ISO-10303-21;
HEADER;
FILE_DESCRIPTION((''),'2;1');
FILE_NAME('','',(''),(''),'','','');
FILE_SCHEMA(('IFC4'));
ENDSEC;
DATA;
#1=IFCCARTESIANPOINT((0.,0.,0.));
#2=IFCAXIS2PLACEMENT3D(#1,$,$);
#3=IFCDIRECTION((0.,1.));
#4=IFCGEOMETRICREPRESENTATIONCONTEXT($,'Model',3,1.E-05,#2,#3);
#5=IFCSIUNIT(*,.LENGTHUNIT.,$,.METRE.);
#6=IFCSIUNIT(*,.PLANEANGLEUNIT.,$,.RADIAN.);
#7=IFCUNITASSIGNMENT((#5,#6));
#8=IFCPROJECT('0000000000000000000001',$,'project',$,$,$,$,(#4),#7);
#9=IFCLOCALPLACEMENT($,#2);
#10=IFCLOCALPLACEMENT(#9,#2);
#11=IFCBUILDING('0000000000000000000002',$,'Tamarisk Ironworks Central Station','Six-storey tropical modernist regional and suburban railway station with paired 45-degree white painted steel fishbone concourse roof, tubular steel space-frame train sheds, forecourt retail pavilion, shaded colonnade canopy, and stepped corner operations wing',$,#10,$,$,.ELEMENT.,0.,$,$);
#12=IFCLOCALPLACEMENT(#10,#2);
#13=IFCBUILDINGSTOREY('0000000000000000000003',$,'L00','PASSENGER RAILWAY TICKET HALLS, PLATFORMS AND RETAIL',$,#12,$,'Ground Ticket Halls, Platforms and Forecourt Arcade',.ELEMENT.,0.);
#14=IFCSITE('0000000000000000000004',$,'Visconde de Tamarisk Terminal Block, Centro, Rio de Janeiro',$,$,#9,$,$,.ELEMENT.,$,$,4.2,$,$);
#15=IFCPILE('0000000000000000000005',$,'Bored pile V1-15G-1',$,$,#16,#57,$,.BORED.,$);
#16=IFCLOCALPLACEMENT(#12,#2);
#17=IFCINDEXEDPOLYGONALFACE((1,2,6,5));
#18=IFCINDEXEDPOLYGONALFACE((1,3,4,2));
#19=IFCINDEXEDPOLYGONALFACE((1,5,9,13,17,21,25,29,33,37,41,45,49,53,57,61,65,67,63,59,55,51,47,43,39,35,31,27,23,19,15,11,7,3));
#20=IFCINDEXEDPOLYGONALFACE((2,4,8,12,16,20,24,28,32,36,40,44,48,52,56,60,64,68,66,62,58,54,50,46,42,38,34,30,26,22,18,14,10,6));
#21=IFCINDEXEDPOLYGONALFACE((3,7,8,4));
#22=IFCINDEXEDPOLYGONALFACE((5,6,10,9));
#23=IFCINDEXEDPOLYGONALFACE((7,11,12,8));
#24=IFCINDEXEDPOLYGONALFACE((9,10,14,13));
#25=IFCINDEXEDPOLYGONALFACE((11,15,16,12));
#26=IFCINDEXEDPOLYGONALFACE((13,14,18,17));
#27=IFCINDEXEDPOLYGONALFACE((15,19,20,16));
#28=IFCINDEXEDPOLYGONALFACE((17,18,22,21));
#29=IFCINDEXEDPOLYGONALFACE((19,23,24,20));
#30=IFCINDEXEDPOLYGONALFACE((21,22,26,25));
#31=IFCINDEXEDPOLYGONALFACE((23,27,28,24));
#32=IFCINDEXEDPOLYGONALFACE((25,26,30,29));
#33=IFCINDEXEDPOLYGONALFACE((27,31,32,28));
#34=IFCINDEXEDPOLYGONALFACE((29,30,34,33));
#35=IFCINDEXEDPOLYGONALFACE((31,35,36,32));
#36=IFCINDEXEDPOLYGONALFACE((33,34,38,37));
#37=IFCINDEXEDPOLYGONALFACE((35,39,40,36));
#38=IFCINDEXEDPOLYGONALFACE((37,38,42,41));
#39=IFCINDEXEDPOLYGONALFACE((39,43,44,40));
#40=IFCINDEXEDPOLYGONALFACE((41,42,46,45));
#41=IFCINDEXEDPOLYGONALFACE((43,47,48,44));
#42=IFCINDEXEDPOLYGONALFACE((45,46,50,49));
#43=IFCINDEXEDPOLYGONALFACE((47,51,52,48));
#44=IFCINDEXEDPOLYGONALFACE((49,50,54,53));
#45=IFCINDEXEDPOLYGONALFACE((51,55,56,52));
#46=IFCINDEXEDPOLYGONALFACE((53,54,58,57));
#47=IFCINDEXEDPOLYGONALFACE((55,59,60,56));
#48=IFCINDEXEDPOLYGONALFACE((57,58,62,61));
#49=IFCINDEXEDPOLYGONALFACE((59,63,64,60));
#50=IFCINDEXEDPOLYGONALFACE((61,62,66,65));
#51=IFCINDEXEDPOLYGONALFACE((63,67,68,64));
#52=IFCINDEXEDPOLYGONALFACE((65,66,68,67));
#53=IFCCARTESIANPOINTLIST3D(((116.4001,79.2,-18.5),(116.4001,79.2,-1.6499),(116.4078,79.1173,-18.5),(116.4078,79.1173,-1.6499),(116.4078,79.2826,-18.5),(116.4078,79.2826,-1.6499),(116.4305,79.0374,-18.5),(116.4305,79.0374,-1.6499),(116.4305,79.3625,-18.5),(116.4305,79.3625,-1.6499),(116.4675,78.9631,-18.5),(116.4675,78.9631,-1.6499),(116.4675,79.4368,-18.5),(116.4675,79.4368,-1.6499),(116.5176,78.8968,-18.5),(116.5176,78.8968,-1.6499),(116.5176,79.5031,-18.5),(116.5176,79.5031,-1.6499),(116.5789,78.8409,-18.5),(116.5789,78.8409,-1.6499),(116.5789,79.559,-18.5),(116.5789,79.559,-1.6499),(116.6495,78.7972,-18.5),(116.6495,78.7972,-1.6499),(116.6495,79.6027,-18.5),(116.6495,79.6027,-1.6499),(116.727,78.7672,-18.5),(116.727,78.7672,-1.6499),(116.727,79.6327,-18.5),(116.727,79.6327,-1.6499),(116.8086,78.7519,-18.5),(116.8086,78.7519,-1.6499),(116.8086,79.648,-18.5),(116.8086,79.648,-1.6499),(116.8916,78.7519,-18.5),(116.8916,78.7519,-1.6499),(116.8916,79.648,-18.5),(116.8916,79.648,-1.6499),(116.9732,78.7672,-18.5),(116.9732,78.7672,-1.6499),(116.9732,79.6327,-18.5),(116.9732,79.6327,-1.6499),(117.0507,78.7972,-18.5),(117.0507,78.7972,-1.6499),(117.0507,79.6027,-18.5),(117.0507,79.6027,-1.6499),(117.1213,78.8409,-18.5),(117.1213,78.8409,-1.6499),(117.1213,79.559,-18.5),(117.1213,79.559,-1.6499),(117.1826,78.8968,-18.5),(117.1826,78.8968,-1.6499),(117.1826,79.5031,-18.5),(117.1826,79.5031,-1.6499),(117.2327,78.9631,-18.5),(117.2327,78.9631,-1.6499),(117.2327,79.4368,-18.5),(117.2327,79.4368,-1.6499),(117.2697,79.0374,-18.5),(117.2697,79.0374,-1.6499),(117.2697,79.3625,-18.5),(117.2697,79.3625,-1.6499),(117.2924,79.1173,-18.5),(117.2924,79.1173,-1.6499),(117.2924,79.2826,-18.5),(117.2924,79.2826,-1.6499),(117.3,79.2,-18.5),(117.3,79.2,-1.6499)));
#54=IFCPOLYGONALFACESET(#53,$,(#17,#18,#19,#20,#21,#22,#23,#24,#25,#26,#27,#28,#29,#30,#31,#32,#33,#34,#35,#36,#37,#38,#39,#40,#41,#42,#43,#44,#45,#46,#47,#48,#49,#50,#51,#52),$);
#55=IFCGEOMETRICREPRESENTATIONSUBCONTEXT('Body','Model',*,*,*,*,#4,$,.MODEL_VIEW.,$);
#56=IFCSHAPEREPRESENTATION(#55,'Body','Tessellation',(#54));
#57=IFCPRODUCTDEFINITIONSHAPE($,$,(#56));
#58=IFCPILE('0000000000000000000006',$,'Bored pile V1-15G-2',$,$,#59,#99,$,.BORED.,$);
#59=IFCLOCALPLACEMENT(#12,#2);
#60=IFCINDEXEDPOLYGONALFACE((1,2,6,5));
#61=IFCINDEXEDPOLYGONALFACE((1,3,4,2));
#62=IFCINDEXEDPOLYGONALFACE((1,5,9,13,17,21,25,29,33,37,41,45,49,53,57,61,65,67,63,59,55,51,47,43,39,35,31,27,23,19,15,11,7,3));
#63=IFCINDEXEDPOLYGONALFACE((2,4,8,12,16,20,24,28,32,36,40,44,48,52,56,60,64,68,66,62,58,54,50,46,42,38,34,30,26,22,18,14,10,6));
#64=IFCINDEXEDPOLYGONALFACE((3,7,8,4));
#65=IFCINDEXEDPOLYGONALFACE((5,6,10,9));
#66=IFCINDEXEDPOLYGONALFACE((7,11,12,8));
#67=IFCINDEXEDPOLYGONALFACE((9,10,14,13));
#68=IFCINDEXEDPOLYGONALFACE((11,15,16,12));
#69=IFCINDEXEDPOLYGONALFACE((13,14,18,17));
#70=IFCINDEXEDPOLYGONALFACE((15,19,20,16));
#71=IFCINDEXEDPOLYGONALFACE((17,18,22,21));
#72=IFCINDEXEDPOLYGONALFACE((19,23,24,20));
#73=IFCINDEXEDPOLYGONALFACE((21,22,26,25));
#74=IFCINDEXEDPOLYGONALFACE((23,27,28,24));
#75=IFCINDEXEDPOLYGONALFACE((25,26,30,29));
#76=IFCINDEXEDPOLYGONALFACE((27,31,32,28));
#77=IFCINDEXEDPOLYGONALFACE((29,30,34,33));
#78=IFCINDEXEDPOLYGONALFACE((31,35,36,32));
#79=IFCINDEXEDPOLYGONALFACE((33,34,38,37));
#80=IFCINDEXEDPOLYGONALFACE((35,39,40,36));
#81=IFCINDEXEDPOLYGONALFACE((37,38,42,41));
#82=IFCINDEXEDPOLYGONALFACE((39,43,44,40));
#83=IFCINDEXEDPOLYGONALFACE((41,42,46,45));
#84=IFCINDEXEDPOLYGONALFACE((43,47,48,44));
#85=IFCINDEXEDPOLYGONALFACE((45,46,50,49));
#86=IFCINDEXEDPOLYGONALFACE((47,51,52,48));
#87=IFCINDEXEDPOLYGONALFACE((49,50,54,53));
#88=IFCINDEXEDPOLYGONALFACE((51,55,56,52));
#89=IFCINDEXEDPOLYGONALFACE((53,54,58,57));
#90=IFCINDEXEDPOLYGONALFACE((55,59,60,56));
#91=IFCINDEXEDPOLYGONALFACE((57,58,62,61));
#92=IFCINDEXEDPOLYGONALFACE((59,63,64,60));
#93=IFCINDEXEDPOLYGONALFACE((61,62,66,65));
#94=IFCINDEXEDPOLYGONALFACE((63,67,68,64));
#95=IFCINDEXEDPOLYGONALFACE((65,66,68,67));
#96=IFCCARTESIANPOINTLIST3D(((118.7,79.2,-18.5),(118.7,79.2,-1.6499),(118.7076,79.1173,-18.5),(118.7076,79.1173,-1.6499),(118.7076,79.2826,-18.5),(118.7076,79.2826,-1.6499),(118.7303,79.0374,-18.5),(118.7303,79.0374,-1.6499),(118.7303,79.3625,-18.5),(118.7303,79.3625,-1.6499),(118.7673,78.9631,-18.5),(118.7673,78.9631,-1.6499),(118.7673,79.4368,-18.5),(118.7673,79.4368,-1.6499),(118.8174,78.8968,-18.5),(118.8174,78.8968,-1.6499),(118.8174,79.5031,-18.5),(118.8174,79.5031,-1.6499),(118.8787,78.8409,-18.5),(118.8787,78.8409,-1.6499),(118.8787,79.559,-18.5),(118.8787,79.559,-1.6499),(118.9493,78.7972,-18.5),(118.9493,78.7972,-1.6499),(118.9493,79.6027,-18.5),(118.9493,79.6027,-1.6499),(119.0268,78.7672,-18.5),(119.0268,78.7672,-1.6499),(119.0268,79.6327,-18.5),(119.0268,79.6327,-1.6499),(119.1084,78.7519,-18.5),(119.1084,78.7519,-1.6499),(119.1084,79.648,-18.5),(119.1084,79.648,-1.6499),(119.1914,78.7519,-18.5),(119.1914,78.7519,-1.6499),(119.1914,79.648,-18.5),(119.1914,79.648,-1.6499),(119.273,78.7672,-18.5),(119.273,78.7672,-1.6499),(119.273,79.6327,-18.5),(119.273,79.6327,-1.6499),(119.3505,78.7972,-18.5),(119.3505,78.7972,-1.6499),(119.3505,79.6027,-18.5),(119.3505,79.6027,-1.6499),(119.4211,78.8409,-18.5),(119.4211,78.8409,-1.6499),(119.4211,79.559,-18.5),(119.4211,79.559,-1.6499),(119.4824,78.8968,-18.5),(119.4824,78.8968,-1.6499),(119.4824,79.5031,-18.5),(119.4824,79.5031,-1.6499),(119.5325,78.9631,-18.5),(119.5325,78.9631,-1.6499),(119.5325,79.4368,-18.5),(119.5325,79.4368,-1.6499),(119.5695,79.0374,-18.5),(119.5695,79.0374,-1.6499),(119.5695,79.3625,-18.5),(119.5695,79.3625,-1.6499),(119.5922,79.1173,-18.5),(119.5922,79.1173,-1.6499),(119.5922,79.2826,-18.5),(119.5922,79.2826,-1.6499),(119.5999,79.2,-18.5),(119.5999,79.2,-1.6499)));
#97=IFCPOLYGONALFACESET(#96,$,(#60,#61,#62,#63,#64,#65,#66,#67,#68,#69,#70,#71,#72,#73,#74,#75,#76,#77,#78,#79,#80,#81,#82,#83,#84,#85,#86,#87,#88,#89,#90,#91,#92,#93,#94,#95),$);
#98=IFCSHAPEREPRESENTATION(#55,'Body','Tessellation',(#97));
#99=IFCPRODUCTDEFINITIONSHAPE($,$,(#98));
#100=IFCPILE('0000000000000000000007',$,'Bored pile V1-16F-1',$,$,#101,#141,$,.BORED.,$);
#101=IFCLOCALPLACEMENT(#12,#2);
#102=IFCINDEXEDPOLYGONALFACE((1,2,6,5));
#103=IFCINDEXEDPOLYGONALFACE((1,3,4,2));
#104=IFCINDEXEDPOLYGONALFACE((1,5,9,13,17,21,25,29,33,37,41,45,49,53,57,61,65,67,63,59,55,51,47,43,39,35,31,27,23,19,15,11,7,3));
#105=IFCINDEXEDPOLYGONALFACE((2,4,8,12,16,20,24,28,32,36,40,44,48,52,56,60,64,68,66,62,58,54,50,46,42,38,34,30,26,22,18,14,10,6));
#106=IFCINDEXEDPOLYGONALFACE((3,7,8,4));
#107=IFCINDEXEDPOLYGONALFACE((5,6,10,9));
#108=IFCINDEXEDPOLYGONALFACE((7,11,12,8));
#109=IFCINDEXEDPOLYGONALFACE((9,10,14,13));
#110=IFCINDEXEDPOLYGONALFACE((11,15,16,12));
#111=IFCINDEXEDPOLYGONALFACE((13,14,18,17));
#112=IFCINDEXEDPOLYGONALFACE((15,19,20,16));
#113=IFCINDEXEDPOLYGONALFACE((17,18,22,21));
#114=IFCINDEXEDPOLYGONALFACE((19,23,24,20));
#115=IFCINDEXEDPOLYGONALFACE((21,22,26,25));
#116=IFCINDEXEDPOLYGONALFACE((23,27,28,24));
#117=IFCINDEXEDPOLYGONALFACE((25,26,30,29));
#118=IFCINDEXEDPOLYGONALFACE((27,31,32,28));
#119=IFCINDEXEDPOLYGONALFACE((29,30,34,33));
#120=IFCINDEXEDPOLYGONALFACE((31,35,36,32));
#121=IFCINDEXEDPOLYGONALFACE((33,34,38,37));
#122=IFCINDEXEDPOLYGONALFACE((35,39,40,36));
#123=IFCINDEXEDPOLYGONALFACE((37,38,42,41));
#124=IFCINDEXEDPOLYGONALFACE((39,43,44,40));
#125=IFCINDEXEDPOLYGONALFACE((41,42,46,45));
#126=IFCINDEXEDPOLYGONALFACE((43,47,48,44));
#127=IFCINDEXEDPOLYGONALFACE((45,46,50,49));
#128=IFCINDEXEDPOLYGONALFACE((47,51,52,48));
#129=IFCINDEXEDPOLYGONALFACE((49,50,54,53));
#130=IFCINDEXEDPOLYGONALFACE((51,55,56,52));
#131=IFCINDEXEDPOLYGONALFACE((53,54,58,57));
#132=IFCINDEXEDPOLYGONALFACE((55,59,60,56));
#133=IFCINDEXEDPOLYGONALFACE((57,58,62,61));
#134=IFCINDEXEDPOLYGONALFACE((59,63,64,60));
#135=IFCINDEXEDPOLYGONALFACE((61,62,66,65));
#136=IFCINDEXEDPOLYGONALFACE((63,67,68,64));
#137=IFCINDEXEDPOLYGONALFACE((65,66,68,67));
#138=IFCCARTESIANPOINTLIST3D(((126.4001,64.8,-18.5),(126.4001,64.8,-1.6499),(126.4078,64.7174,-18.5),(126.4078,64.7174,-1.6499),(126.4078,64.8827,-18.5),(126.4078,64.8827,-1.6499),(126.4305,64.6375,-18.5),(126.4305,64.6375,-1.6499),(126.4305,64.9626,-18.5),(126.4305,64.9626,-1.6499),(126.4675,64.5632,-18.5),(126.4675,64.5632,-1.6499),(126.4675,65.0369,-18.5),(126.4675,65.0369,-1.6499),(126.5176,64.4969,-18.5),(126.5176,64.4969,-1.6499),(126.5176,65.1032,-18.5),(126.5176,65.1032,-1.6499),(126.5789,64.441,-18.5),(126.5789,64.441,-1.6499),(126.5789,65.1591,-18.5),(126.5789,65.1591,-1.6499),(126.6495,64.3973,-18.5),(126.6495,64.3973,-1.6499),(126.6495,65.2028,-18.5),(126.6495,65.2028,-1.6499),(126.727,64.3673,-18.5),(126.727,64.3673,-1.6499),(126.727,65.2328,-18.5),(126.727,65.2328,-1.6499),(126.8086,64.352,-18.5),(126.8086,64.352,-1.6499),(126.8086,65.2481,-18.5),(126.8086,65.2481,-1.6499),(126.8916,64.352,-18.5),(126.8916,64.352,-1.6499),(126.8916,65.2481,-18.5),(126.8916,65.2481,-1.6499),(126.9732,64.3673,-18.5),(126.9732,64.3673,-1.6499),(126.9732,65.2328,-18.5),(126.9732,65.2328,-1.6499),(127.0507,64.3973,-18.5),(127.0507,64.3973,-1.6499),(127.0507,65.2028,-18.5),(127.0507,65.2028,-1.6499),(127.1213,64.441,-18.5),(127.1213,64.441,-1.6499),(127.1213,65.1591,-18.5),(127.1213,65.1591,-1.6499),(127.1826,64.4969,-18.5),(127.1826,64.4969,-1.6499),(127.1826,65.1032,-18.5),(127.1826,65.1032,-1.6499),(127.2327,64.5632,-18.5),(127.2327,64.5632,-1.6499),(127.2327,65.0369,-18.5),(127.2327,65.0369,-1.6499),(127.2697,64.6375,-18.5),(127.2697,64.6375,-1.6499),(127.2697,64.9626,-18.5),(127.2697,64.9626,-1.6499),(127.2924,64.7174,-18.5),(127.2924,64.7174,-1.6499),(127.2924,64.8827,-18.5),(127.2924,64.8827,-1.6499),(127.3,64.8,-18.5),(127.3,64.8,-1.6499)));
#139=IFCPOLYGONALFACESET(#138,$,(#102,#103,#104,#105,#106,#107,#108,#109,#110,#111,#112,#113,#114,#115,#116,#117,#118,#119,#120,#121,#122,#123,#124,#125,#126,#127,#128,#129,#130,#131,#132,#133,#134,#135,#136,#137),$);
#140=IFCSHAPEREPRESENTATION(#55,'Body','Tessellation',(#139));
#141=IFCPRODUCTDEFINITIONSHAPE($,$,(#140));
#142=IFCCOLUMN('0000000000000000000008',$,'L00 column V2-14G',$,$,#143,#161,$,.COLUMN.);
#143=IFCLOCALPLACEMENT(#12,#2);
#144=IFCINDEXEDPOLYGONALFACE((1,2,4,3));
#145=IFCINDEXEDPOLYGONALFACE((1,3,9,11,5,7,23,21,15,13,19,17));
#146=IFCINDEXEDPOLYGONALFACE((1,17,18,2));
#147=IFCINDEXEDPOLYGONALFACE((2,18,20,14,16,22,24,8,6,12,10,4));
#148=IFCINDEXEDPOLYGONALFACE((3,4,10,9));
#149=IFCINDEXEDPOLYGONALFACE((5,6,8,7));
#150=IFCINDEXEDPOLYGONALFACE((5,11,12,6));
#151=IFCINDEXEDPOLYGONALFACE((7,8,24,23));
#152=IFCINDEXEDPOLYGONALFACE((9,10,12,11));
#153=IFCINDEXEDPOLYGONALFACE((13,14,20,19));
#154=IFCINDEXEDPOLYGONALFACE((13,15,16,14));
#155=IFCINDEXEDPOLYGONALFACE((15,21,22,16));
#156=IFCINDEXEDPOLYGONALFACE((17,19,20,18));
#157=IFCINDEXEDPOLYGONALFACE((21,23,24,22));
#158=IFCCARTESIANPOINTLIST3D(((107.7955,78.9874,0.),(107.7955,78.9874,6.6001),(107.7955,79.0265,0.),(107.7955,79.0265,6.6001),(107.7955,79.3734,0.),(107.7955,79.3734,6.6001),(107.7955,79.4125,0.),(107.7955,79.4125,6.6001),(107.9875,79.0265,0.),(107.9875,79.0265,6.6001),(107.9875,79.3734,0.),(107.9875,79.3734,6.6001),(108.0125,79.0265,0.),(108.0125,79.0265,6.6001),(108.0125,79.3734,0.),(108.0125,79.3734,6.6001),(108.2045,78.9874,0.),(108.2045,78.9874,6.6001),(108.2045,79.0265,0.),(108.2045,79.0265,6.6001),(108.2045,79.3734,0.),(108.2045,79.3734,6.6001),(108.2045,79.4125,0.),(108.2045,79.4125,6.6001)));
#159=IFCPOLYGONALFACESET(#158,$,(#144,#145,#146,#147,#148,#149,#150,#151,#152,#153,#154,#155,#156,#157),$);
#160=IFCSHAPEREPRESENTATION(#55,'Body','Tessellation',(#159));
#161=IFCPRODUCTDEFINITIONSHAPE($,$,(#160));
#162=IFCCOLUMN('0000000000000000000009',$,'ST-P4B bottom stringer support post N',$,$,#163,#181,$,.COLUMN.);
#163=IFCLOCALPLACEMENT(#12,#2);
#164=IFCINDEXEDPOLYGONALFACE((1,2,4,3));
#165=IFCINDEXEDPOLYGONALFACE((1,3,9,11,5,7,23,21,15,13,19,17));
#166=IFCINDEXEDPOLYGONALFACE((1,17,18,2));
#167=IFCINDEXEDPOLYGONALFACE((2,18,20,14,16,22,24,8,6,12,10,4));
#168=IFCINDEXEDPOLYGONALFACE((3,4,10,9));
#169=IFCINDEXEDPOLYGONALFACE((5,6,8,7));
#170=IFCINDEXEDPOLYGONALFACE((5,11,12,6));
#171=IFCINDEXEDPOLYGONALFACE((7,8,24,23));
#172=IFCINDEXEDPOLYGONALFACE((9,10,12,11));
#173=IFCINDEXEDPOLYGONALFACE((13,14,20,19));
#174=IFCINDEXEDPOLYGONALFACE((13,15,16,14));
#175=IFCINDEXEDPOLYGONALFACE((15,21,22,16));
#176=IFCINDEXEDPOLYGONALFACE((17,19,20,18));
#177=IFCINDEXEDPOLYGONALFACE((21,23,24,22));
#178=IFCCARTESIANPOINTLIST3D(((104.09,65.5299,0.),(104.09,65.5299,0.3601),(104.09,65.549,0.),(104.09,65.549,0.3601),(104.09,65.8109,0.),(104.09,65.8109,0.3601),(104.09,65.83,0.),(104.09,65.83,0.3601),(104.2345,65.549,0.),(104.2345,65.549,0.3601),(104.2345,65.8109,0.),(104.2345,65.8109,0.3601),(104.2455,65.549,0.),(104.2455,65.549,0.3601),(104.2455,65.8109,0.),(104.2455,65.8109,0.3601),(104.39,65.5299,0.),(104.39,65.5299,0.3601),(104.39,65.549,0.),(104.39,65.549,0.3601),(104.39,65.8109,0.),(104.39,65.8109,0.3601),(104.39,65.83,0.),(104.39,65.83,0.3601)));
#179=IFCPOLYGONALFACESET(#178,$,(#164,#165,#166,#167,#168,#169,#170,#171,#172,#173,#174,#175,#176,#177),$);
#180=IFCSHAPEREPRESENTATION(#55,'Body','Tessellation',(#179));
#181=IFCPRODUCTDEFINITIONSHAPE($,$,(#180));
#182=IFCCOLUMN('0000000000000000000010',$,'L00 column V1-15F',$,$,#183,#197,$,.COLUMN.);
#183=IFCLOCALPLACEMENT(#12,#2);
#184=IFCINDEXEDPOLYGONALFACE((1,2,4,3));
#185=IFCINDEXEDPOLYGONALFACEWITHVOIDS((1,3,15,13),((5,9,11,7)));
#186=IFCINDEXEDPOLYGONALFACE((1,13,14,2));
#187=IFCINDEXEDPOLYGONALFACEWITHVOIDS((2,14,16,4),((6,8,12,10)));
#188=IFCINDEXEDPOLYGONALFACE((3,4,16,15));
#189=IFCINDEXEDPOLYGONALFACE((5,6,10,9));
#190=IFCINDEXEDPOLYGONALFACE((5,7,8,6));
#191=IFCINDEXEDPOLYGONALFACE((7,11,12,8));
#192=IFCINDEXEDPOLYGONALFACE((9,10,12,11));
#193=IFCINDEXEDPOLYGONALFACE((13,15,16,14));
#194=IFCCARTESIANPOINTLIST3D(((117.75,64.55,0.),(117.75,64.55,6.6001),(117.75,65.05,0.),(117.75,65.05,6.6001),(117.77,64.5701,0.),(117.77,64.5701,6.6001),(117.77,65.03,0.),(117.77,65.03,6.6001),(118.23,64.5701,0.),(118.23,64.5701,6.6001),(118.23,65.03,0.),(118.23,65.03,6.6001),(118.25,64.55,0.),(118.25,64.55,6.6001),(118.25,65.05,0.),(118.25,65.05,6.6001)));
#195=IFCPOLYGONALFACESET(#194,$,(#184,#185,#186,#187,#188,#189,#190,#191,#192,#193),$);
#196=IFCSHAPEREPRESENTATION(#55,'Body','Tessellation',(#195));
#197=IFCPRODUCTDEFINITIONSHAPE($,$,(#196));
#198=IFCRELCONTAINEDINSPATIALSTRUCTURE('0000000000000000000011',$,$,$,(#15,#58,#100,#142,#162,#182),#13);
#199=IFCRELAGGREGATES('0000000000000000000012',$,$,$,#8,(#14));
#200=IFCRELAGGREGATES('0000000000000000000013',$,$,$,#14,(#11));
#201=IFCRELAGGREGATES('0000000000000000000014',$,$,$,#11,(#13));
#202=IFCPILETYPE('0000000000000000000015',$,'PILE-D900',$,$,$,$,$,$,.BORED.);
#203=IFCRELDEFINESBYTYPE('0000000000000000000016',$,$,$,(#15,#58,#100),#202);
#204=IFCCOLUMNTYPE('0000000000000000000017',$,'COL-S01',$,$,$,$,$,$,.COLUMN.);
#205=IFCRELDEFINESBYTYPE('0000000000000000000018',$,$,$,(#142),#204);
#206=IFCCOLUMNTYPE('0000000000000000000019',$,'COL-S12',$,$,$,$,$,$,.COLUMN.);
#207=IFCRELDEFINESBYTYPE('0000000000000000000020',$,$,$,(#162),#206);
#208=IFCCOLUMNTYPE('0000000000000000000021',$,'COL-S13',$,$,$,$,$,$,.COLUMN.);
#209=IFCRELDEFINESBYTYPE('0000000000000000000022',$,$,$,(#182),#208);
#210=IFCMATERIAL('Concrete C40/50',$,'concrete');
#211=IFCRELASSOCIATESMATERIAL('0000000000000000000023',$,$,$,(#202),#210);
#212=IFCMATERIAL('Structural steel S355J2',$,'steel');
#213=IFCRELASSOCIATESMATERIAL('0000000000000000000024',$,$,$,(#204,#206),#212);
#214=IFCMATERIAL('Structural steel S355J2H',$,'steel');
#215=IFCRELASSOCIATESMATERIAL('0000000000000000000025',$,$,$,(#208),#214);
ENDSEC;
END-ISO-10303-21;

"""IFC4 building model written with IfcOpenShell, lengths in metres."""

from ifc_helpers import new_model, si_unit, direction, frame, origin, origin_2d, place, context, subcontext, project, spatial, hollow_rectangle, circle, i_section, extrude, material, material_profile, profile_set, type_object, element, save


model = new_model("IFC4")

# Units and contexts
model_context = context("Model", 3, precision=1e-05, world=origin(), true_north=direction((0.0, 1.0)))
body_context = subcontext(model_context, "Body", "Model", "MODEL_VIEW")
ifc_project = project(units=[si_unit("LENGTHUNIT", "METRE"), si_unit("PLANEANGLEUNIT", "RADIAN")], contexts=[model_context])

# Site, building, storey
site_placement = place(None, origin())
site = spatial("IfcSite", under=ifc_project, at=site_placement, Name="Visconde de Tamarisk Terminal Block, Centro, Rio de Janeiro", CompositionType="ELEMENT", RefElevation=4.2)
building_placement = place(site_placement, origin())
building = spatial("IfcBuilding", under=site, at=building_placement, Name="Tamarisk Ironworks Central Station", Description="Six-storey tropical modernist regional and suburban railway station with paired 45-degree white painted steel fishbone concourse roof, tubular steel space-frame train sheds, forecourt retail pavilion, shaded colonnade canopy, and stepped corner operations wing", CompositionType="ELEMENT", ElevationOfRefHeight=0.0)
storey_placement = place(building_placement, origin())
storey = spatial("IfcBuildingStorey", under=building, at=storey_placement, Name="L00", Description="PASSENGER RAILWAY TICKET HALLS, PLATFORMS AND RETAIL", LongName="Ground Ticket Halls, Platforms and Forecourt Arcade", CompositionType="ELEMENT", Elevation=0.0)

# Shared definitions
ifc_material_1 = material(Name="Concrete C40/50", Category="concrete")

# Piles
ifc_material_profile_1 = material_profile(ifc_material_1, circle(Radius=0.45, at=origin_2d()), Name="BORED PILE D900")
ifc_profile_set_1 = profile_set([ifc_material_profile_1], Name="Concrete C40/50")
pile_type_1 = type_object("IfcPileType", Name="PILE-D900", PredefinedType="BORED", material=ifc_profile_set_1)
for number, where, z_axis, x_axis, name in (
    (1, (116.8501, 79.2, -1.6499), (0.0, 0.0, -1.0), (1.0, 0.0, 0.0), "Bored pile V1-15G-1"),
    (2, (119.1499, 79.2, -1.6499), (0.0, 0.0, -1.0), (1.0, 0.0, 0.0), "Bored pile V1-15G-2"),
    (3, (126.8501, 64.8, -1.6499), (0.0, 0.0, -1.0), (1.0, 0.0, 0.0), "Bored pile V1-16F-1"),
):
    element("IfcPile", number, at=place(storey_placement, frame(where, z_axis=z_axis, x_axis=x_axis)), inside=storey, type_object=pile_type_1, Name=name, PredefinedType="BORED", context=body_context, shape_type="SweptSolid", body=[
        extrude(circle(Radius=0.45, at=origin_2d()), origin(), (0.0, 0.0, 1.0), 16.8501),
    ])

# Columns
ifc_material_2 = material(Name="Structural steel S355J2", Category="steel")
ifc_material_profile_2 = material_profile(ifc_material_2, i_section(OverallWidth=0.4089, OverallDepth=0.425, WebThickness=0.0249, FlangeThickness=0.0391, at=origin_2d()), Name="HD 400x421")
ifc_profile_set_2 = profile_set([ifc_material_profile_2], Name="Structural steel S355J2")
column_type_1 = type_object("IfcColumnType", Name="COL-S01", PredefinedType="COLUMN", material=ifc_profile_set_2)
column_1_placement = place(storey_placement, frame((108.0, 79.2, 0.0), z_axis=(0.0, 0.0, 1.0), x_axis=(1.0, 0.0, 0.0)))
element("IfcColumn", 4, at=column_1_placement, inside=storey, type_object=column_type_1, Name="L00 column V2-14G", PredefinedType="COLUMN", context=body_context, shape_type="SweptSolid", body=[
    extrude(i_section(OverallWidth=0.4089, OverallDepth=0.425, WebThickness=0.0249, FlangeThickness=0.0391, at=origin_2d()), origin(), (0.0, 0.0, 1.0), 6.6001),
])
ifc_material_profile_3 = material_profile(ifc_material_2, i_section(OverallWidth=0.3, OverallDepth=0.3, WebThickness=0.011, FlangeThickness=0.019, at=origin_2d()), Name="HEB 300")
ifc_profile_set_3 = profile_set([ifc_material_profile_3], Name="Structural steel S355J2")
column_type_2 = type_object("IfcColumnType", Name="COL-S12", PredefinedType="COLUMN", material=ifc_profile_set_3)
column_2_placement = place(storey_placement, frame((104.24, 65.6799, 0.0), z_axis=(0.0, 0.0, 1.0), x_axis=(1.0, 0.0, 0.0)))
element("IfcColumn", 5, at=column_2_placement, inside=storey, type_object=column_type_2, Name="ST-P4B bottom stringer support post N", PredefinedType="COLUMN", context=body_context, shape_type="SweptSolid", body=[
    extrude(i_section(OverallWidth=0.3, OverallDepth=0.3, WebThickness=0.011, FlangeThickness=0.019, at=origin_2d()), origin(), (0.0, 0.0, 1.0), 0.3601),
])
ifc_material_3 = material(Name="Structural steel S355J2H", Category="steel")
ifc_material_profile_4 = material_profile(ifc_material_3, hollow_rectangle(XDim=0.5, YDim=0.5, WallThickness=0.02, at=origin_2d()), Name="SHS 500x500x20")
ifc_profile_set_4 = profile_set([ifc_material_profile_4], Name="Structural steel S355J2H")
column_type_3 = type_object("IfcColumnType", Name="COL-S13", PredefinedType="COLUMN", material=ifc_profile_set_4)
for number, where, z_axis, x_axis, name in (
    (6, (118.0, 64.8, 0.0), (0.0, 0.0, 1.0), (1.0, 0.0, 0.0), "L00 column V1-15F"),
):
    element("IfcColumn", number, at=place(storey_placement, frame(where, z_axis=z_axis, x_axis=x_axis)), inside=storey, type_object=column_type_3, Name=name, PredefinedType="COLUMN", context=body_context, shape_type="SweptSolid", body=[
        extrude(hollow_rectangle(XDim=0.5, YDim=0.5, WallThickness=0.02, at=origin_2d()), origin(), (0.0, 0.0, 1.0), 6.6001),
    ])

save(model, "model.ifc")
